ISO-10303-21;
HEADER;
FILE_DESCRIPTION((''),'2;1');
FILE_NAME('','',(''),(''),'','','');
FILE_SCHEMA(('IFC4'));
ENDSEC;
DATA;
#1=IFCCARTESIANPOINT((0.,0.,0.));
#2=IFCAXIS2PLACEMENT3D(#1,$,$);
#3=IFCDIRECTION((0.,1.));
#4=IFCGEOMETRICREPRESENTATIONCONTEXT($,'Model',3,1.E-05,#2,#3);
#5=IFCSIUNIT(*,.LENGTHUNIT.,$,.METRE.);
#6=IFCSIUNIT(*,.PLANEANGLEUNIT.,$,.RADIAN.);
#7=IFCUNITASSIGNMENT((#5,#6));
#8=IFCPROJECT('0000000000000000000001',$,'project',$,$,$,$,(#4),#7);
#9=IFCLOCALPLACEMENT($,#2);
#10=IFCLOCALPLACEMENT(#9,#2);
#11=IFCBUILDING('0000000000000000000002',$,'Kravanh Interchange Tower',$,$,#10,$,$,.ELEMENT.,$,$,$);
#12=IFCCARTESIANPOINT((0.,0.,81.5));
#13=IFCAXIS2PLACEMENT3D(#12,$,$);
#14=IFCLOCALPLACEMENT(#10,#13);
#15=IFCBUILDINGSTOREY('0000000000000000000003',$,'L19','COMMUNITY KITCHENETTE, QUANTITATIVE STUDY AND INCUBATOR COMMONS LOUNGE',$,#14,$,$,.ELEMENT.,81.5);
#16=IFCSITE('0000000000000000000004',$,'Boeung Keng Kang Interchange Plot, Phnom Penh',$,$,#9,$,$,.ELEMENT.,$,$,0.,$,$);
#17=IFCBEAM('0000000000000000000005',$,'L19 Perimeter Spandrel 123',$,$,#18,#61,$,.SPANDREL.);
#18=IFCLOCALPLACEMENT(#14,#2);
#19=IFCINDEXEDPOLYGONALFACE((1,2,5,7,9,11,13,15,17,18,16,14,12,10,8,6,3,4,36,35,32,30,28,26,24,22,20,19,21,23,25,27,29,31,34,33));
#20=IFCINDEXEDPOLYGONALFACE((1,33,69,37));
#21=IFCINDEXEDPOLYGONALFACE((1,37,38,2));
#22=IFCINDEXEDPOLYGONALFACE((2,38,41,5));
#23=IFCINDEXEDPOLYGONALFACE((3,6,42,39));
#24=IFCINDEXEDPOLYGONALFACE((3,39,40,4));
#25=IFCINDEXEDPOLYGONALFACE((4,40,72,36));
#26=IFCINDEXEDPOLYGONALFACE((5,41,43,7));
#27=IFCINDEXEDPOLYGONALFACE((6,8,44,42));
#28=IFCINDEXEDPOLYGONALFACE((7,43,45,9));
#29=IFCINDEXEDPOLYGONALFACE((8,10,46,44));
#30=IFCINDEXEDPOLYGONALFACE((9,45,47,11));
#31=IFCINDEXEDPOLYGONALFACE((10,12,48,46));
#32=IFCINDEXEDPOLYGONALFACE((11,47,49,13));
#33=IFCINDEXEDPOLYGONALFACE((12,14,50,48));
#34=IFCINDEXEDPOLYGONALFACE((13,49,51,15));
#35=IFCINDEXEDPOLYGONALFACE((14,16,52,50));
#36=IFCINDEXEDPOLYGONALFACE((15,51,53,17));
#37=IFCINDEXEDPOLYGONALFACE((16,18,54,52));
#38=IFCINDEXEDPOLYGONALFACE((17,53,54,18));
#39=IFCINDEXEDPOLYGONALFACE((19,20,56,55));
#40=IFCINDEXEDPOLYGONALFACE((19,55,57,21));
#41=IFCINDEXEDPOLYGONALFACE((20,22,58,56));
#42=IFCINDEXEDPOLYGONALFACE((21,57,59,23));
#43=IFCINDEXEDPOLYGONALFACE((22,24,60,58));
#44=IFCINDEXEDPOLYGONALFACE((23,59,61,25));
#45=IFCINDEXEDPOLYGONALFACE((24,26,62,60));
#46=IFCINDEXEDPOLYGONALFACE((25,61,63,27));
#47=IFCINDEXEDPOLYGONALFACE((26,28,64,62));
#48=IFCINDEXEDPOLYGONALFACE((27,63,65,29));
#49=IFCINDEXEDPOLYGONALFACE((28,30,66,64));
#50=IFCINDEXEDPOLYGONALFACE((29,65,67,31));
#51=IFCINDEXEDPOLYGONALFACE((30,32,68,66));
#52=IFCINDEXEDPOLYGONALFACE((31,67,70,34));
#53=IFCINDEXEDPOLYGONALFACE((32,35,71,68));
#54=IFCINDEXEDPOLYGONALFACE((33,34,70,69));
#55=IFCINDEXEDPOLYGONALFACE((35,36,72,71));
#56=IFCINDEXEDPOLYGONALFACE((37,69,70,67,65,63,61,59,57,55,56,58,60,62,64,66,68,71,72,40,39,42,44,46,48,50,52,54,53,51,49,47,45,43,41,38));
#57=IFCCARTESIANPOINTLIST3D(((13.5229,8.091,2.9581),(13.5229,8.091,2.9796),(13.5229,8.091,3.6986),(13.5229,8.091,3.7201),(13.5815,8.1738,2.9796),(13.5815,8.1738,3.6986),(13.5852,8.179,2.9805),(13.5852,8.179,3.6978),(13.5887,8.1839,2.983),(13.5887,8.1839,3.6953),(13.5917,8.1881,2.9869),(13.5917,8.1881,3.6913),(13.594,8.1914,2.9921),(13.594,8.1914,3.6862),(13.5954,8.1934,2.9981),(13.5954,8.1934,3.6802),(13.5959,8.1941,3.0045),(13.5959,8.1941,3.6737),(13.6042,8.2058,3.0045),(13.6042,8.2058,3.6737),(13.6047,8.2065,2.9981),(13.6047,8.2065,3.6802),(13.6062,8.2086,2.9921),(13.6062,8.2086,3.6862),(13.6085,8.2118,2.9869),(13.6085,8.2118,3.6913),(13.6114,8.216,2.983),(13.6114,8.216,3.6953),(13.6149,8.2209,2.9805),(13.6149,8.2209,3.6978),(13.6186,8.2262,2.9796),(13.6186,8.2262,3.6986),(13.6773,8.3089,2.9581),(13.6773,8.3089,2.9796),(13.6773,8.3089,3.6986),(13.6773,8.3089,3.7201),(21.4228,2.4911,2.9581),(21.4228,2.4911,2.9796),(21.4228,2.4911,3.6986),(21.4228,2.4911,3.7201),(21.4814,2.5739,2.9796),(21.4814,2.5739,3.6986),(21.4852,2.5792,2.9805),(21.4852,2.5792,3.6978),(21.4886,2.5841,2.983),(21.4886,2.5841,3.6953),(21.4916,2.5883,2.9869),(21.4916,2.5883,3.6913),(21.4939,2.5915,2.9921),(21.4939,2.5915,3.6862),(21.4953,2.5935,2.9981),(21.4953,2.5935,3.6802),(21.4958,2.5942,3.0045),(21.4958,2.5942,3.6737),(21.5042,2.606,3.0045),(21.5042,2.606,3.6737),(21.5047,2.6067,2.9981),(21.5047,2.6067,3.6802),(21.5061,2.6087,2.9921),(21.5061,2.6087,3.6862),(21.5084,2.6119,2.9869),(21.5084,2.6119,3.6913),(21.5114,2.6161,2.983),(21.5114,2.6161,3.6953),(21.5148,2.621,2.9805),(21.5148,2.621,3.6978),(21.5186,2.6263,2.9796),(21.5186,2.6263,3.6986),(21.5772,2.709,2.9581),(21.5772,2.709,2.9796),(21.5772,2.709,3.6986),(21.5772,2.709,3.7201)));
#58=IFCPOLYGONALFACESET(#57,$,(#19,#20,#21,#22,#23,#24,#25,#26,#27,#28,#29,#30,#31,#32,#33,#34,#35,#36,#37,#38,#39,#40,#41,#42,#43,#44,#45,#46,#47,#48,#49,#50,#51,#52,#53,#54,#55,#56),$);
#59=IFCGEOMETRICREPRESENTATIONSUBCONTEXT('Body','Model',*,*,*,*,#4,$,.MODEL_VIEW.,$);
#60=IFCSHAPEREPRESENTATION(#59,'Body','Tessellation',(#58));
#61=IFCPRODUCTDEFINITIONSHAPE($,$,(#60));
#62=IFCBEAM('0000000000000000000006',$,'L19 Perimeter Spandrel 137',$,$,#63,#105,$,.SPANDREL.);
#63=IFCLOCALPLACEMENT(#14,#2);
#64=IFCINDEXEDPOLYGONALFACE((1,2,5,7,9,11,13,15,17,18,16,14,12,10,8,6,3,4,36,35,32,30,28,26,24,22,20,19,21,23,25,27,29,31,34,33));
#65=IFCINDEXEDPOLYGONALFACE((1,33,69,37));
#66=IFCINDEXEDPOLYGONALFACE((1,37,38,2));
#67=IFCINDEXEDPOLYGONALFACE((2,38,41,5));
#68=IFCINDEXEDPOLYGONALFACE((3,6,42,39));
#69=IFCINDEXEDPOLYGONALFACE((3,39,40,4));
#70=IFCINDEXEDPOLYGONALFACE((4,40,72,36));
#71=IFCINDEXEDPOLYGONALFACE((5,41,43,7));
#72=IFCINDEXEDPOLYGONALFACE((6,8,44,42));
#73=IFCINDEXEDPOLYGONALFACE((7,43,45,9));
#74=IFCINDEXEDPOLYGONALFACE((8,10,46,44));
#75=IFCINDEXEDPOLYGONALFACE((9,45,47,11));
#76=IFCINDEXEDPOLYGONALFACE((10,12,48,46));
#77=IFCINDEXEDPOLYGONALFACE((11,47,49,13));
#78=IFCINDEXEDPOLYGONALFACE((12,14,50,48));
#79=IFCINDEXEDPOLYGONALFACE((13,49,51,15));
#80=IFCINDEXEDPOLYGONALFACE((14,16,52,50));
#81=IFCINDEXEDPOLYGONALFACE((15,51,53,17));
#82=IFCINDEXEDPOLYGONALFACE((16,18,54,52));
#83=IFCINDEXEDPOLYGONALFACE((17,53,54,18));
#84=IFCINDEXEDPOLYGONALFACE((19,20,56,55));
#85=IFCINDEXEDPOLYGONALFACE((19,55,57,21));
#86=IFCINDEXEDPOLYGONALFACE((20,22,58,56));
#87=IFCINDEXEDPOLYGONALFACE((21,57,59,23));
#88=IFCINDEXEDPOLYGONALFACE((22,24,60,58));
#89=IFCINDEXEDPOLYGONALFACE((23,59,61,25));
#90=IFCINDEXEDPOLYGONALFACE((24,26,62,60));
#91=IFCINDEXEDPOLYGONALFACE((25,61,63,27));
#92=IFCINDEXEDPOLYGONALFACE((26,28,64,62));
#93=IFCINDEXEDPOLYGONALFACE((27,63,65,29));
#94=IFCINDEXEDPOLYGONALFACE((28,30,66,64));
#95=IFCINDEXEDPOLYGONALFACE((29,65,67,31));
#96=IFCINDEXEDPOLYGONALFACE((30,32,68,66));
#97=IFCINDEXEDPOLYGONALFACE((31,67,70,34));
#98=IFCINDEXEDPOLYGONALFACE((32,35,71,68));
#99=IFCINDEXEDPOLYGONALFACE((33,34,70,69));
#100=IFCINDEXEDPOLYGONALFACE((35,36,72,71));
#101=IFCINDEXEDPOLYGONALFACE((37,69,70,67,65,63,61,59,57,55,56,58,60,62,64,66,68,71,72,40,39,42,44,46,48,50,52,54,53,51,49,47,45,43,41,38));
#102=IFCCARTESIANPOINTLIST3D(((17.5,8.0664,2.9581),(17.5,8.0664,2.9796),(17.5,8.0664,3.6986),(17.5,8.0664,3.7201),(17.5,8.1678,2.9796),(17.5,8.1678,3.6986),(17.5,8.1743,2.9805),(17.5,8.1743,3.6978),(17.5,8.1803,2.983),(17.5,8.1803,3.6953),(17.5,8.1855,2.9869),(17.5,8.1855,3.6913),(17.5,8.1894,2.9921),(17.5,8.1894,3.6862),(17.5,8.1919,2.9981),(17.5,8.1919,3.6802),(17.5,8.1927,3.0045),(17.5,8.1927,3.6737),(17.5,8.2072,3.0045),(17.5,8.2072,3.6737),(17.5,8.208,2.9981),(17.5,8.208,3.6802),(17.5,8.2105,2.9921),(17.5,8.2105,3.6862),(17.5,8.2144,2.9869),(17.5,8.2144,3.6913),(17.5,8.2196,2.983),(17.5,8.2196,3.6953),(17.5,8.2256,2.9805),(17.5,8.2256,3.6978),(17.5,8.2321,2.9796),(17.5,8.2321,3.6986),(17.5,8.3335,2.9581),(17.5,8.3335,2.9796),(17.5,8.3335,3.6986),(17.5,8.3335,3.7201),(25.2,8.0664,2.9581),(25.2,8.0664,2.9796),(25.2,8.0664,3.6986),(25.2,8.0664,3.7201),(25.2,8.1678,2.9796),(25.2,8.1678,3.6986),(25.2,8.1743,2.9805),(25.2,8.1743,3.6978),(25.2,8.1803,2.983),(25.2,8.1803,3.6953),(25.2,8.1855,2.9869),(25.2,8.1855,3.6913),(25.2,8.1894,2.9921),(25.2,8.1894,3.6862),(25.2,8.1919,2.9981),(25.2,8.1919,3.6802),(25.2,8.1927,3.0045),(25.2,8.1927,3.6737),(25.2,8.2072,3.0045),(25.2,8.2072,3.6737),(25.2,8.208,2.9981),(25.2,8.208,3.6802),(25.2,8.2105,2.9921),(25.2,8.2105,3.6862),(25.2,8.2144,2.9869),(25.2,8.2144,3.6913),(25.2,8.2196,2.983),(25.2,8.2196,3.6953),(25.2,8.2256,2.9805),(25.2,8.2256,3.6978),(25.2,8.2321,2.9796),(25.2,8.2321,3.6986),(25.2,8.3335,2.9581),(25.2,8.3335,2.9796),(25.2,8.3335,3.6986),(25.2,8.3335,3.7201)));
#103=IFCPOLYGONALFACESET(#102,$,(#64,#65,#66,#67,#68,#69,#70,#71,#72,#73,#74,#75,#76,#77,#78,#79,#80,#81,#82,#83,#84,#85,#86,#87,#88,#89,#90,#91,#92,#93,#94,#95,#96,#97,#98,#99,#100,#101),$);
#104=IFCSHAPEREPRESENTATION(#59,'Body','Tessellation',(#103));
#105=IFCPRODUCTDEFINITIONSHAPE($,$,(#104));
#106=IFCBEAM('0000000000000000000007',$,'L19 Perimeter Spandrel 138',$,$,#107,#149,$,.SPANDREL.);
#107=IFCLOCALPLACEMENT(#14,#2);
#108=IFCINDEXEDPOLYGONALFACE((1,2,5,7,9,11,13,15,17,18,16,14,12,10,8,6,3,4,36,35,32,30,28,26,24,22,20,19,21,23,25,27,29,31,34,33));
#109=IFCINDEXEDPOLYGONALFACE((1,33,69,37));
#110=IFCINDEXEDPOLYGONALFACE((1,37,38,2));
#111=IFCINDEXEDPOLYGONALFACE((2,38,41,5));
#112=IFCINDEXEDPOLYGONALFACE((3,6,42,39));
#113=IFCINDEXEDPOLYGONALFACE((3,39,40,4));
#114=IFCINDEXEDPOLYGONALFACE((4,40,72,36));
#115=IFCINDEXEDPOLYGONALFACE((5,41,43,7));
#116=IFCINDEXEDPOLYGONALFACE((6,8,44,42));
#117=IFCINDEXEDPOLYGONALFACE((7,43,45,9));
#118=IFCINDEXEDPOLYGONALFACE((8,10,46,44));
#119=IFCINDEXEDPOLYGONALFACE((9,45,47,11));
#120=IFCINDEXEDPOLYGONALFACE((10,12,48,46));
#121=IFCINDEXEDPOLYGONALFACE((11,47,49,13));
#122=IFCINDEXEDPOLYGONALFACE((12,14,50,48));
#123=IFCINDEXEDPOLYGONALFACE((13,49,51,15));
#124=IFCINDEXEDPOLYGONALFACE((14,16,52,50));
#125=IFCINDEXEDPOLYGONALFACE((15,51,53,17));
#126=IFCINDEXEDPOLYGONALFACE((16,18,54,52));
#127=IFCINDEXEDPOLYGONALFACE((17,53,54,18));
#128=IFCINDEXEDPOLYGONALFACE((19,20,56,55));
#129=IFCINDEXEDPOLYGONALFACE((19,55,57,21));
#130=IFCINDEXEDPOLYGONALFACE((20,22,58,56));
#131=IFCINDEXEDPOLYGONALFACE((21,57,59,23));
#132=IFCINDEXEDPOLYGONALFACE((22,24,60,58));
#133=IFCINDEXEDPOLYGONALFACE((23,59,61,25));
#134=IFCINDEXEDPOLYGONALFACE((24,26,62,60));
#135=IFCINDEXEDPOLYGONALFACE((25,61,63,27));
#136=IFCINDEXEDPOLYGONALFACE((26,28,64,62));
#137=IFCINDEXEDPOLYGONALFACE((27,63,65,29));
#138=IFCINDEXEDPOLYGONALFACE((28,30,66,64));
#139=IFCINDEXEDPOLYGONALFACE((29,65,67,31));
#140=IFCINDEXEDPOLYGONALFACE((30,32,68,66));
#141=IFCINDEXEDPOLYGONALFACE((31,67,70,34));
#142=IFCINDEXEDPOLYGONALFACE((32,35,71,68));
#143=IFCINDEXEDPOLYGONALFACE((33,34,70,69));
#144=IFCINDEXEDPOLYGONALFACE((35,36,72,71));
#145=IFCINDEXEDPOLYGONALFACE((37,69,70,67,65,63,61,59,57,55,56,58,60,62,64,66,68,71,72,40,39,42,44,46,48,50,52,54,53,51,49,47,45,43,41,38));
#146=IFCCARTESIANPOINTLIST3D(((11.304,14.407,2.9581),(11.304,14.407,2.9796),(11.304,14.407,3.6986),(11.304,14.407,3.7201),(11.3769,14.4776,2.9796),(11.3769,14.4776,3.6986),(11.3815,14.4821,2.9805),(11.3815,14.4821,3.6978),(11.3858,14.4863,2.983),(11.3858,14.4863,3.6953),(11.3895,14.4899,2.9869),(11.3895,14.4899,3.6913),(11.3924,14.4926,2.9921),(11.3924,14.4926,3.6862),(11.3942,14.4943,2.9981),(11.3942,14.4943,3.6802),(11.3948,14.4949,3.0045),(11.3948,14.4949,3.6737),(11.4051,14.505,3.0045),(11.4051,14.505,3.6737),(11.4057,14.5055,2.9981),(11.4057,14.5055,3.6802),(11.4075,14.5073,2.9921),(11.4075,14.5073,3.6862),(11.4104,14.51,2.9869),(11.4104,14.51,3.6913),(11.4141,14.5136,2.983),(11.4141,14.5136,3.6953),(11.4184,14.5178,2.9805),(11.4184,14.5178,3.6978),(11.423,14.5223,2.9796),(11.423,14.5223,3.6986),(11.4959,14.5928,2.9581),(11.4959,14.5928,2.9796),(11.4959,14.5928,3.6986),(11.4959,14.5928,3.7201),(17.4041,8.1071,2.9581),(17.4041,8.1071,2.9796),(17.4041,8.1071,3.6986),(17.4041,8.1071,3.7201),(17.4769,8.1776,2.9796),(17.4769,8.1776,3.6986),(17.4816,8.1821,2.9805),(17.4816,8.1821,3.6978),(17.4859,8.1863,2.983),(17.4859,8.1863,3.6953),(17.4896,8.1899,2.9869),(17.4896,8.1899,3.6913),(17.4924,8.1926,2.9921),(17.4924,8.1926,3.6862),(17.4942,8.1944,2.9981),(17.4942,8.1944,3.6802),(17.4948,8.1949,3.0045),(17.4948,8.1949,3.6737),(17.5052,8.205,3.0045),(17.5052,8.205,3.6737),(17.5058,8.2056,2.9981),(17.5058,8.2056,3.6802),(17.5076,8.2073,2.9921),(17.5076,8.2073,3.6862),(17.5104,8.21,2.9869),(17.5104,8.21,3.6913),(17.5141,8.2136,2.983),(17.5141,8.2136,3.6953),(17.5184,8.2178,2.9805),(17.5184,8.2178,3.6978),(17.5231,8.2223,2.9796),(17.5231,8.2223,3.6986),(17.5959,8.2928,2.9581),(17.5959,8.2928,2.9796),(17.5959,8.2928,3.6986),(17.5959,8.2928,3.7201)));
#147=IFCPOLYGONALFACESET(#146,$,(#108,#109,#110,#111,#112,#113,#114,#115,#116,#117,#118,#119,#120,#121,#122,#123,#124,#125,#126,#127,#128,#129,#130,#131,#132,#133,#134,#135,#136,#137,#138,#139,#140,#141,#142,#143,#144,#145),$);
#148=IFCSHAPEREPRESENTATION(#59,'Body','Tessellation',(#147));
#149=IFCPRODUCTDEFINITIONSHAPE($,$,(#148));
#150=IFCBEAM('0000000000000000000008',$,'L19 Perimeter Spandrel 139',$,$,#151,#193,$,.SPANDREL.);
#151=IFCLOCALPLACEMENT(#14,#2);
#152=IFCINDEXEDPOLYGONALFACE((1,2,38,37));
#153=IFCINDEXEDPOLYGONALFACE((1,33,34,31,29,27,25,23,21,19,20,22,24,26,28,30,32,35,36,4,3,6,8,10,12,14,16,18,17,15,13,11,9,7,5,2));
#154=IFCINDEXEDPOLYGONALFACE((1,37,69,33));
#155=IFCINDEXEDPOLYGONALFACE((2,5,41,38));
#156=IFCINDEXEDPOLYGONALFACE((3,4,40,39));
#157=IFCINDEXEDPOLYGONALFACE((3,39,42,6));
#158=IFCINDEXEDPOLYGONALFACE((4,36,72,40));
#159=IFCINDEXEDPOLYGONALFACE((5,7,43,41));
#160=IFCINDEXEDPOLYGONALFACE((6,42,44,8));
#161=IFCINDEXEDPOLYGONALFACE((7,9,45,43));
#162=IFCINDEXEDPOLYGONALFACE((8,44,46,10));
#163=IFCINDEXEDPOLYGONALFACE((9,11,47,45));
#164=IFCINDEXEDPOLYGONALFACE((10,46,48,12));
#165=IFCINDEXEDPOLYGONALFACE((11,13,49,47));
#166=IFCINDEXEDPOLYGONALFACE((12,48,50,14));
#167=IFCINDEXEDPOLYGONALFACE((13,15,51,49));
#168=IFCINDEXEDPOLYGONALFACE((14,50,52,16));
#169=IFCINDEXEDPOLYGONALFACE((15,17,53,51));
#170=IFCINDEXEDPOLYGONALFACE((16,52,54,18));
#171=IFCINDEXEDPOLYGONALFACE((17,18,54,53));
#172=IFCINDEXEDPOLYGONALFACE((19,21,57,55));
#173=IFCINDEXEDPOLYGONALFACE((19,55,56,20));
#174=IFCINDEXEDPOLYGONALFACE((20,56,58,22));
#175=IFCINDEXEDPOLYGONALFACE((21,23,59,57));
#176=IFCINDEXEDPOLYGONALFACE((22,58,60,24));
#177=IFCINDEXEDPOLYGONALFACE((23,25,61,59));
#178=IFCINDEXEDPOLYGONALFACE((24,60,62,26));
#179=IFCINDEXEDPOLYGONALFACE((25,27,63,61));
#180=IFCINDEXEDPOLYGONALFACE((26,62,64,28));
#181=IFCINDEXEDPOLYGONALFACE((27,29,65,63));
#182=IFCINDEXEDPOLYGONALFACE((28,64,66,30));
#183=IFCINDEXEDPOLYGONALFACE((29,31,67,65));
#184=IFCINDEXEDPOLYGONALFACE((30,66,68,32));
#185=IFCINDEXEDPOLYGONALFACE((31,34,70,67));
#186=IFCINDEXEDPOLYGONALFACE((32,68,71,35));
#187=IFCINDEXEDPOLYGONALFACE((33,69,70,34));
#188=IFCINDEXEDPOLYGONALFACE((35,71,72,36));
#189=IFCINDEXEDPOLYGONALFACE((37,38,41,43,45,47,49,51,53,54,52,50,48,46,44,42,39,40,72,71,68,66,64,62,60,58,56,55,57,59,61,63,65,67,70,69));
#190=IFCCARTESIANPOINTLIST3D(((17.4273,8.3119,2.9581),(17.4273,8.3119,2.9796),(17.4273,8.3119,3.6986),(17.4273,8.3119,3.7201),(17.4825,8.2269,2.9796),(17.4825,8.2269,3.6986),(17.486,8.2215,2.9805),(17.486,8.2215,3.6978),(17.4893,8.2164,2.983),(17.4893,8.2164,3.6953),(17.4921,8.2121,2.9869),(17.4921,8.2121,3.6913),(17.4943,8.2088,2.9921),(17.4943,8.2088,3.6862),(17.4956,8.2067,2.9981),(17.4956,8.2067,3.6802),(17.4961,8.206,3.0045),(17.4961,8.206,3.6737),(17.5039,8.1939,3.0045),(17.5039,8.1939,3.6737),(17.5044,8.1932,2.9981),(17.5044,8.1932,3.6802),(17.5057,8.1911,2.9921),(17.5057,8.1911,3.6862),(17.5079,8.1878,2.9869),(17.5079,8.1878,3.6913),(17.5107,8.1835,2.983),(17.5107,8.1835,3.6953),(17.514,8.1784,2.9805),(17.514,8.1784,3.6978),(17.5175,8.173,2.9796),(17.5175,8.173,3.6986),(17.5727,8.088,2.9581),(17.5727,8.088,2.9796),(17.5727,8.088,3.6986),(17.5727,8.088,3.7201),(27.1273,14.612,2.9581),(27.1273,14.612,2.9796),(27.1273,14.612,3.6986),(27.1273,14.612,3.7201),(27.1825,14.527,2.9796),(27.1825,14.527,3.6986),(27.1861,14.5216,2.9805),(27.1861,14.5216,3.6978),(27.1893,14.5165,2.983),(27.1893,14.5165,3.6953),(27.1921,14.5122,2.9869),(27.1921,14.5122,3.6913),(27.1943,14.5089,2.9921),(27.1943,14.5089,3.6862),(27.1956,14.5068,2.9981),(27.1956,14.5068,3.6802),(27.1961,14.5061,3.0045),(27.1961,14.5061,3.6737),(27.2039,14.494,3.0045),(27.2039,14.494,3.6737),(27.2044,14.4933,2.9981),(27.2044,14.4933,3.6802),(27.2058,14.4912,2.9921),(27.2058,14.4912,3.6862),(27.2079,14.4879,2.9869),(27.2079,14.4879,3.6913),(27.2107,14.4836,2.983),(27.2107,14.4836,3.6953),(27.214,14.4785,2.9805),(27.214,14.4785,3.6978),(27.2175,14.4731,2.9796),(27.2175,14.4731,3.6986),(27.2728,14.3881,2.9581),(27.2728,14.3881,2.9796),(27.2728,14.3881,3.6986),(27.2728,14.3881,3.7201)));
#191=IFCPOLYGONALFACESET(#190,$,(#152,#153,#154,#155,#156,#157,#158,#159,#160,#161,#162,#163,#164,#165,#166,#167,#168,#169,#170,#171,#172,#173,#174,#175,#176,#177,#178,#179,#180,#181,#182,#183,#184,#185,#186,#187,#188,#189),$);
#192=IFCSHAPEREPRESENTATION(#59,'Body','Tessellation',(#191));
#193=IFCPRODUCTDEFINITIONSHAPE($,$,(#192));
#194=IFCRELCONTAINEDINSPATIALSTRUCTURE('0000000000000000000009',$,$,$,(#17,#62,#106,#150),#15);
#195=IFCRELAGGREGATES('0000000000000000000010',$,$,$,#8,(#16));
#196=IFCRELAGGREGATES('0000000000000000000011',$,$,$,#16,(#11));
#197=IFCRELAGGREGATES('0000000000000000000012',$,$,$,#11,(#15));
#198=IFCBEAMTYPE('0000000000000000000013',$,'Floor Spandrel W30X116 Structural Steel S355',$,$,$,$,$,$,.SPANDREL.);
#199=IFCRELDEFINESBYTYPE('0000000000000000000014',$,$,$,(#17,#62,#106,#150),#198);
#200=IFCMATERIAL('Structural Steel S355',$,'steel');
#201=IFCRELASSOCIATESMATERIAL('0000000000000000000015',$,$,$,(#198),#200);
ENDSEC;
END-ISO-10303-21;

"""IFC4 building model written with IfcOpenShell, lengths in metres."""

from ifc_helpers import new_model, si_unit, direction, frame, origin, origin_2d, place, context, subcontext, project, spatial, i_section, extrude, material, material_profile, profile_set, type_object, element, save


model = new_model("IFC4")

# Units and contexts
model_context = context("Model", 3, precision=1e-05, world=origin(), true_north=direction((0.0, 1.0)))
body_context = subcontext(model_context, "Body", "Model", "MODEL_VIEW")
ifc_project = project(units=[si_unit("LENGTHUNIT", "METRE"), si_unit("PLANEANGLEUNIT", "RADIAN")], contexts=[model_context])

# Site, building, storey
site_placement = place(None, origin())
site = spatial("IfcSite", under=ifc_project, at=site_placement, Name="Boeung Keng Kang Interchange Plot, Phnom Penh", CompositionType="ELEMENT", RefElevation=0.0)
building_placement = place(site_placement, origin())
building = spatial("IfcBuilding", under=site, at=building_placement, Name="Kravanh Interchange Tower", CompositionType="ELEMENT")
storey_placement = place(building_placement, frame((0.0, 0.0, 81.5)))
storey = spatial("IfcBuildingStorey", under=building, at=storey_placement, Name="L19", Description="COMMUNITY KITCHENETTE, QUANTITATIVE STUDY AND INCUBATOR COMMONS LOUNGE", CompositionType="ELEMENT", Elevation=81.5)

# Beams
ifc_material_1 = material(Name="Structural Steel S355", Category="steel")
ifc_material_profile_1 = material_profile(ifc_material_1, i_section(OverallWidth=0.2671, OverallDepth=0.762, WebThickness=0.0144, FlangeThickness=0.0215, FilletRadius=0.0249, at=origin_2d()), Name="W30X116")
ifc_profile_set_1 = profile_set([ifc_material_profile_1], Name="Structural Steel S355")
beam_type_1 = type_object("IfcBeamType", Name="Floor Spandrel W30X116 Structural Steel S355", PredefinedType="SPANDREL", material=ifc_profile_set_1)
beam_1_placement = place(storey_placement, frame((21.5, 2.6001, 3.3391), z_axis=(-0.815825, 0.578299, 0.0), x_axis=(-0.578299, -0.815825, 0.0)))
element("IfcBeam", 1, at=beam_1_placement, inside=storey, type_object=beam_type_1, Name="L19 Perimeter Spandrel 123", PredefinedType="SPANDREL", context=body_context, shape_type="SweptSolid", body=[
    extrude(i_section(OverallWidth=0.2671, OverallDepth=0.762, WebThickness=0.0144, FlangeThickness=0.0215, FilletRadius=0.0249, at=origin_2d()), origin(), (0.0, 0.0, 1.0), 9.6833),
])
beam_2_placement = place(storey_placement, frame((17.5, 8.2, 3.3391), z_axis=(1.0, 0.0, 0.0), x_axis=(0.0, 1.0, 0.0)))
element("IfcBeam", 2, at=beam_2_placement, inside=storey, type_object=beam_type_1, Name="L19 Perimeter Spandrel 137", PredefinedType="SPANDREL", context=body_context, shape_type="SweptSolid", body=[
    extrude(i_section(OverallWidth=0.2671, OverallDepth=0.762, WebThickness=0.0144, FlangeThickness=0.0215, FilletRadius=0.0249, at=origin_2d()), origin(), (0.0, 0.0, 1.0), 7.7),
])
beam_3_placement = place(storey_placement, frame((17.5, 8.2, 3.3391), z_axis=(-0.695614, 0.718415, 0.0), x_axis=(-0.718415, -0.695614, 0.0)))
element("IfcBeam", 3, at=beam_3_placement, inside=storey, type_object=beam_type_1, Name="L19 Perimeter Spandrel 138", PredefinedType="SPANDREL", context=body_context, shape_type="SweptSolid", body=[
    extrude(i_section(OverallWidth=0.2671, OverallDepth=0.762, WebThickness=0.0144, FlangeThickness=0.0215, FilletRadius=0.0249, at=origin_2d()), origin(), (0.0, 0.0, 1.0), 8.7693),
])
beam_4_placement = place(storey_placement, frame((17.5, 8.2, 3.3391), z_axis=(0.838638, 0.544689, 0.0), x_axis=(-0.544689, 0.838638, 0.0)))
element("IfcBeam", 4, at=beam_4_placement, inside=storey, type_object=beam_type_1, Name="L19 Perimeter Spandrel 139", PredefinedType="SPANDREL", context=body_context, shape_type="SweptSolid", body=[
    extrude(i_section(OverallWidth=0.2671, OverallDepth=0.762, WebThickness=0.0144, FlangeThickness=0.0215, FilletRadius=0.0249, at=origin_2d()), origin(), (0.0, 0.0, 1.0), 11.5664),
])

save(model, "model.ifc")
